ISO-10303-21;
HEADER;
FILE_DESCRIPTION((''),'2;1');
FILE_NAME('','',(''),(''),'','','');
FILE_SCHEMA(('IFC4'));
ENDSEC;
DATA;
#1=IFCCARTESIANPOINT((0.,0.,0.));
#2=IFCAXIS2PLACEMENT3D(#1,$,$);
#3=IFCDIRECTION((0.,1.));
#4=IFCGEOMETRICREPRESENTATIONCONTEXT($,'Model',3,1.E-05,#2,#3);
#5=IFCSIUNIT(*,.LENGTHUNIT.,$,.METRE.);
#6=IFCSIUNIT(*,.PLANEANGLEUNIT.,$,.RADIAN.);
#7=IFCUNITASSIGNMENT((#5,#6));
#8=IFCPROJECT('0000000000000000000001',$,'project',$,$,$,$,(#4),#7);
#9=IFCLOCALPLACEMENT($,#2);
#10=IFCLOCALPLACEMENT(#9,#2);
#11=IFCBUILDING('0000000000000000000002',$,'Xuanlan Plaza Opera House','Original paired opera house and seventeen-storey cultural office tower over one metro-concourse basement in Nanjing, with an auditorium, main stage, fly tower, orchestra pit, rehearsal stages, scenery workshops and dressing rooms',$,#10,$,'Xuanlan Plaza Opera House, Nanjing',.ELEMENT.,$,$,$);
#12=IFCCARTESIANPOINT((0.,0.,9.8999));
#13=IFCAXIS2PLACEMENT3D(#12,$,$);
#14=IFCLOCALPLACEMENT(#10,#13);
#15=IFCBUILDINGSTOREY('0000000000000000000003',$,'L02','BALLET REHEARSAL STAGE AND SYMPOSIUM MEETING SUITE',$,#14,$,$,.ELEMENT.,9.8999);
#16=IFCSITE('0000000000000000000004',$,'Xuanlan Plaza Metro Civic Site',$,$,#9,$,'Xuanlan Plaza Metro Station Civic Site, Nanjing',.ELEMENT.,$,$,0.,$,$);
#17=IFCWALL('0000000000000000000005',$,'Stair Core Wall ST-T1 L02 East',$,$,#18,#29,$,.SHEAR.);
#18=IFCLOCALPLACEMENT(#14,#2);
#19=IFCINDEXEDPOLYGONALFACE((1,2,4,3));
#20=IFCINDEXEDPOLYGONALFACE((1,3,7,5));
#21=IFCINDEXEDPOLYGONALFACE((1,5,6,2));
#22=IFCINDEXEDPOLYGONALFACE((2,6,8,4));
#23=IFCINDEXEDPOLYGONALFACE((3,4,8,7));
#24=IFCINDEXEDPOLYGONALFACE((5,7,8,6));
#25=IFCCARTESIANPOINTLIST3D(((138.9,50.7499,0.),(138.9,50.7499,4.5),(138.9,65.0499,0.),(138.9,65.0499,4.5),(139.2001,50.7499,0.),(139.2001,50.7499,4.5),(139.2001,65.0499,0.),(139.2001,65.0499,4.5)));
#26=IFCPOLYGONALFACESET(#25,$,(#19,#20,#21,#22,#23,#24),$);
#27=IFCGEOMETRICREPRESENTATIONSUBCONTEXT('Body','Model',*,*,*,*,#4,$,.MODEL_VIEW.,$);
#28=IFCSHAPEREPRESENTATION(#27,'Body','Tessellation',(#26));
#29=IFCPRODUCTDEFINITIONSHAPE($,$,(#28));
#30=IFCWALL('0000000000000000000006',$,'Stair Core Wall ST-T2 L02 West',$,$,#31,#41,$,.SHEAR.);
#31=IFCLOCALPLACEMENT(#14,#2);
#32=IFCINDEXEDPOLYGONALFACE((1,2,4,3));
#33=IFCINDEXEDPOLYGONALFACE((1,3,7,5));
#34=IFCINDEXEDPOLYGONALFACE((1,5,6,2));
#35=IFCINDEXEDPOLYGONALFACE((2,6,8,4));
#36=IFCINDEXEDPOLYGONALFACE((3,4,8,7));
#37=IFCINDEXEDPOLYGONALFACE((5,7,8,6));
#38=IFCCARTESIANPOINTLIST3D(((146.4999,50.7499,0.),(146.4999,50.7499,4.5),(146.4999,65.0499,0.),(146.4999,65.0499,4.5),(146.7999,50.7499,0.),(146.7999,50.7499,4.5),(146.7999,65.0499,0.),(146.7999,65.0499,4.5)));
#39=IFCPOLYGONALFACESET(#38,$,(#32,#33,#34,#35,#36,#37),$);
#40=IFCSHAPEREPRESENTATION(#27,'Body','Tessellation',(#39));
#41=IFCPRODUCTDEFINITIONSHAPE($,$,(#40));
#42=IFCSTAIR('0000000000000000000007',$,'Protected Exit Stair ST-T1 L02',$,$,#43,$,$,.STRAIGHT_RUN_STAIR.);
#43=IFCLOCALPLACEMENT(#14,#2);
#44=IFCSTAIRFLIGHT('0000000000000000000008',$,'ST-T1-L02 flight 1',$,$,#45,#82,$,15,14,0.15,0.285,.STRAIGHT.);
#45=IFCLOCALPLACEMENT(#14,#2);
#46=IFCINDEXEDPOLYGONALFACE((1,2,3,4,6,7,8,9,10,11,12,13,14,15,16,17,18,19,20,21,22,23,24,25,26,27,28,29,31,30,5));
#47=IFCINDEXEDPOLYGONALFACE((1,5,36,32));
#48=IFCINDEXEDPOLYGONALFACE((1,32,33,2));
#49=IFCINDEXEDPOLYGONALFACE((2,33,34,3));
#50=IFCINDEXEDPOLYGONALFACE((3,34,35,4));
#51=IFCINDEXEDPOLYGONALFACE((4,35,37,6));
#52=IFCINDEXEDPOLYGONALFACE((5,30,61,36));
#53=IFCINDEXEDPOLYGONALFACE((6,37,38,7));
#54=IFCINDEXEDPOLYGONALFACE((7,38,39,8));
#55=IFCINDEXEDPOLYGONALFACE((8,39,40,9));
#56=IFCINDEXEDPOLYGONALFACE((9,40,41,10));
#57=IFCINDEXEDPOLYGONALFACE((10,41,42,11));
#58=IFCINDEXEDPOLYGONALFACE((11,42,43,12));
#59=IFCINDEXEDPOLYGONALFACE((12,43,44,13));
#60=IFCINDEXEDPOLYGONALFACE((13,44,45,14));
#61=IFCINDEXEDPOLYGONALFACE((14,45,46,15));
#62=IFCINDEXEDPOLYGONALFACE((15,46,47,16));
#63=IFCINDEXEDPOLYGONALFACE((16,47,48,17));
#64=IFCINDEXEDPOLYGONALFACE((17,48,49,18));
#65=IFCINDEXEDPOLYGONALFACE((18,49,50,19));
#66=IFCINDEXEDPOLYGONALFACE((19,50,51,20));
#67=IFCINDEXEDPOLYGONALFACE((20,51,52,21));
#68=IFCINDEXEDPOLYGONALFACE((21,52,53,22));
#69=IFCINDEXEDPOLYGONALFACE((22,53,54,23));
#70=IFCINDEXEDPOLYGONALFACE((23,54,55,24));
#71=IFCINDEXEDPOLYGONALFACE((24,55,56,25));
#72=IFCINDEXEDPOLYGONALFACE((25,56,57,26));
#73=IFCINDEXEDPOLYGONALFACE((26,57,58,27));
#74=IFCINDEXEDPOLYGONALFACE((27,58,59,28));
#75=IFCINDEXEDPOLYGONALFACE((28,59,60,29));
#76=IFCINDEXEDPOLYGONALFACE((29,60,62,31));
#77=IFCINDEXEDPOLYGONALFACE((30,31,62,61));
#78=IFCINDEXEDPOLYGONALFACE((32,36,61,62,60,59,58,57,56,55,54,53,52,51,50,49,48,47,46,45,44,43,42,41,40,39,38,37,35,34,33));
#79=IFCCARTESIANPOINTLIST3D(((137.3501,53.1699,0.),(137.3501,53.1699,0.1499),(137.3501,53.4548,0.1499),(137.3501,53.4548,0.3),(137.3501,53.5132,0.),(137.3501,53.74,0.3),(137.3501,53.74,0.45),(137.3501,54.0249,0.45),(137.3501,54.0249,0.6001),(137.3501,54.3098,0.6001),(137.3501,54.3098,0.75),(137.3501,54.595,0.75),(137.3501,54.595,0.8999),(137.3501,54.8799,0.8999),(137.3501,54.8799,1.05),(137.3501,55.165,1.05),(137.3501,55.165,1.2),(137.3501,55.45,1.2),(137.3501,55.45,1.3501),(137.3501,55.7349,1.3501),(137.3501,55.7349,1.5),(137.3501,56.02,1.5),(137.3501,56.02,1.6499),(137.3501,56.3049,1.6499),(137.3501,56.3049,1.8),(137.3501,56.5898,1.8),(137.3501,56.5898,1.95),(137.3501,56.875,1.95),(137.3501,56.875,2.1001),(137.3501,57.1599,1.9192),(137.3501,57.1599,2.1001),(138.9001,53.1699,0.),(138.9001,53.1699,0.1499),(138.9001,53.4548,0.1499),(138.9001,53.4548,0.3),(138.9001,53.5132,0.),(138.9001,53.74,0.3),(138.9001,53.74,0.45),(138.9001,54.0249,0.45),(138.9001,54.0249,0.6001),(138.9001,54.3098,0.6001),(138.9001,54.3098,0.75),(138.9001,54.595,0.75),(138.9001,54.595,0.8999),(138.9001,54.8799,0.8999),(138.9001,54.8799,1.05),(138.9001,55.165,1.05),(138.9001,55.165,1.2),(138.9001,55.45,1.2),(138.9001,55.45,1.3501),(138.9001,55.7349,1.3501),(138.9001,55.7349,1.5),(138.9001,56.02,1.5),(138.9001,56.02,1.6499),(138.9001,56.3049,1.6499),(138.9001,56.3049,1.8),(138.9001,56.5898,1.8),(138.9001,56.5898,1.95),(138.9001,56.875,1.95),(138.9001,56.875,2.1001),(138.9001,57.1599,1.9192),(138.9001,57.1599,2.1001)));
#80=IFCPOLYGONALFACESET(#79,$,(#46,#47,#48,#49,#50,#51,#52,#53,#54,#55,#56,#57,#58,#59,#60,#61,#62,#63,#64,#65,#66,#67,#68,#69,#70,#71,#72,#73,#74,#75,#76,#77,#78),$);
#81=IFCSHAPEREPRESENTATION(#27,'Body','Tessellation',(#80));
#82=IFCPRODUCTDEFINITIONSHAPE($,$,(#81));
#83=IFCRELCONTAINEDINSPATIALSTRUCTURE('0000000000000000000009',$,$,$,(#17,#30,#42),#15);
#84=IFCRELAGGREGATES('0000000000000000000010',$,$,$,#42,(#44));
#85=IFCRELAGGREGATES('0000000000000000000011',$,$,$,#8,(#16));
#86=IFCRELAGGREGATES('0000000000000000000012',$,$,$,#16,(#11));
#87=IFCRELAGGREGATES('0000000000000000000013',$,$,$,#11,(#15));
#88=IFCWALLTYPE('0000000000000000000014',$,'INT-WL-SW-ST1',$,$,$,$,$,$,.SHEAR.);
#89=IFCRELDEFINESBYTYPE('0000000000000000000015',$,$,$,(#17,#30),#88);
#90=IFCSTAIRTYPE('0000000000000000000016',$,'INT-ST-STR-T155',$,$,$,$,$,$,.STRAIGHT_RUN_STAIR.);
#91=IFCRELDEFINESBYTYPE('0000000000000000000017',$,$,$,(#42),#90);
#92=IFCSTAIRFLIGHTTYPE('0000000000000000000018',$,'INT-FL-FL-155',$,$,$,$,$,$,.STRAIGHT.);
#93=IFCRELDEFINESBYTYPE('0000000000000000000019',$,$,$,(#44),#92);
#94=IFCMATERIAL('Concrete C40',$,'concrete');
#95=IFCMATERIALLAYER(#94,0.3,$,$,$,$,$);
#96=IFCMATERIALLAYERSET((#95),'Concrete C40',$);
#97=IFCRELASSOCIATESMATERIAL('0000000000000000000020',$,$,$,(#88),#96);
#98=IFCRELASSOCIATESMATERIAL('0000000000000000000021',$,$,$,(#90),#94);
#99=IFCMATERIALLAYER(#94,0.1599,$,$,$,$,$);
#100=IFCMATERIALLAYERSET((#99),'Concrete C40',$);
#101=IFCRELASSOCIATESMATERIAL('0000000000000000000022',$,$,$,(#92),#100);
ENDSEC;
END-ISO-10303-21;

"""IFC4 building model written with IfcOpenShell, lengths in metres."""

from ifc_helpers import new_model, si_unit, direction, frame, frame_2d, origin, place, context, subcontext, project, spatial, polyline, rectangle, outline, extrude, material, layer, layer_set, type_object, element, aggregate, save


model = new_model("IFC4")

# Units and contexts
model_context = context("Model", 3, precision=1e-05, world=origin(), true_north=direction((0.0, 1.0)))
body_context = subcontext(model_context, "Body", "Model", "MODEL_VIEW")
ifc_project = project(units=[si_unit("LENGTHUNIT", "METRE"), si_unit("PLANEANGLEUNIT", "RADIAN")], contexts=[model_context])

# Site, building, storey
site_placement = place(None, origin())
site = spatial("IfcSite", under=ifc_project, at=site_placement, Name="Xuanlan Plaza Metro Civic Site", LongName="Xuanlan Plaza Metro Station Civic Site, Nanjing", CompositionType="ELEMENT", RefElevation=0.0)
building_placement = place(site_placement, origin())
building = spatial("IfcBuilding", under=site, at=building_placement, Name="Xuanlan Plaza Opera House", Description="Original paired opera house and seventeen-storey cultural office tower over one metro-concourse basement in Nanjing, with an auditorium, main stage, fly tower, orchestra pit, rehearsal stages, scenery workshops and dressing rooms", LongName="Xuanlan Plaza Opera House, Nanjing", CompositionType="ELEMENT")
storey_placement = place(building_placement, frame((0.0, 0.0, 9.8999)))
storey = spatial("IfcBuildingStorey", under=building, at=storey_placement, Name="L02", Description="BALLET REHEARSAL STAGE AND SYMPOSIUM MEETING SUITE", CompositionType="ELEMENT", Elevation=9.8999)

# Shared definitions
ifc_material_1 = material(Name="Concrete C40", Category="concrete")

# Wall
ifc_layer_1 = layer(ifc_material_1, 0.3)
ifc_layer_set_1 = layer_set([ifc_layer_1], Name="Concrete C40")
wall_type_1 = type_object("IfcWallType", Name="INT-WL-SW-ST1", PredefinedType="SHEAR", material=ifc_layer_set_1)
wall_1_placement = place(storey_placement, frame((139.05, 50.75, 0.0), z_axis=(0.0, 0.0, 1.0), x_axis=(0.0, 1.0, 0.0)))
element("IfcWall", 1, at=wall_1_placement, inside=storey, type_object=wall_type_1, Name="Stair Core Wall ST-T1 L02 East", PredefinedType="SHEAR", context=body_context, shape_type="SweptSolid", body=[
    extrude(rectangle(XDim=14.3, YDim=0.3, at=frame_2d((7.1499, 0.0))), origin(), (0.0, 0.0, 1.0), 4.5),
])

# Wall
wall_2_placement = place(storey_placement, frame((146.6499, 50.75, 0.0), z_axis=(0.0, 0.0, 1.0), x_axis=(0.0, 1.0, 0.0)))
element("IfcWall", 2, at=wall_2_placement, inside=storey, type_object=wall_type_1, Name="Stair Core Wall ST-T2 L02 West", PredefinedType="SHEAR", context=body_context, shape_type="SweptSolid", body=[
    extrude(rectangle(XDim=14.3, YDim=0.3, at=frame_2d((7.1499, 0.0))), origin(), (0.0, 0.0, 1.0), 4.5),
])

# Stair, stair flight
stair_type = type_object("IfcStairType", Name="INT-ST-STR-T155", PredefinedType="STRAIGHT_RUN_STAIR", material=ifc_material_1)
stair_placement = place(storey_placement, origin())
stair = element("IfcStair", 3, at=stair_placement, inside=storey, type_object=stair_type, Name="Protected Exit Stair ST-T1 L02", PredefinedType="STRAIGHT_RUN_STAIR")
ifc_layer_2 = layer(ifc_material_1, 0.1599)
ifc_layer_set_2 = layer_set([ifc_layer_2], Name="Concrete C40")
stair_flight_type = type_object("IfcStairFlightType", Name="INT-FL-FL-155", PredefinedType="STRAIGHT", material=ifc_layer_set_2)
stair_flight_placement = place(storey_placement, frame((138.125, 53.1699, 0.0), z_axis=(0.0, 0.0, 1.0), x_axis=(0.0, 1.0, 0.0)))
stair_flight = element("IfcStairFlight", 4, at=stair_flight_placement, type_object=stair_flight_type, Name="ST-T1-L02 flight 1", NumberOfRisers=15, NumberOfTreads=14, PredefinedType="STRAIGHT", RiserHeight=0.15, TreadLength=0.285, context=body_context, shape_type="SweptSolid", body=[
    extrude(outline(polyline([(0.0, 0.0), (0.0, 0.1499), (0.2849, 0.1499), (0.2849, 0.3), (0.5701, 0.3), (0.5701, 0.45), (0.855, 0.45), (0.855, 0.6001), (1.1399, 0.6001), (1.1399, 0.75), (1.425, 0.75), (1.425, 0.8999), (1.71, 0.8999), (1.71, 1.05), (1.9951, 1.05), (1.9951, 1.2), (2.28, 1.2), (2.28, 1.3501), (2.5649, 1.3501), (2.5649, 1.5), (2.8501, 1.5), (2.8501, 1.6499), (3.135, 1.6499), (3.135, 1.8), (3.4199, 1.8), (3.4199, 1.95), (3.7051, 1.95), (3.7051, 2.1001), (3.99, 2.1001), (3.99, 2.25), (3.99, 1.9192), (0.3433, 0.0), (0.0, 0.0)])), frame((0.0, 0.7749, 0.0), z_axis=(0.0, -1.0, 0.0), x_axis=(1.0, 0.0, 0.0)), (0.0, 0.0, 1.0), 1.55),
])
aggregate(stair, [stair_flight])

save(model, "model.ifc")
